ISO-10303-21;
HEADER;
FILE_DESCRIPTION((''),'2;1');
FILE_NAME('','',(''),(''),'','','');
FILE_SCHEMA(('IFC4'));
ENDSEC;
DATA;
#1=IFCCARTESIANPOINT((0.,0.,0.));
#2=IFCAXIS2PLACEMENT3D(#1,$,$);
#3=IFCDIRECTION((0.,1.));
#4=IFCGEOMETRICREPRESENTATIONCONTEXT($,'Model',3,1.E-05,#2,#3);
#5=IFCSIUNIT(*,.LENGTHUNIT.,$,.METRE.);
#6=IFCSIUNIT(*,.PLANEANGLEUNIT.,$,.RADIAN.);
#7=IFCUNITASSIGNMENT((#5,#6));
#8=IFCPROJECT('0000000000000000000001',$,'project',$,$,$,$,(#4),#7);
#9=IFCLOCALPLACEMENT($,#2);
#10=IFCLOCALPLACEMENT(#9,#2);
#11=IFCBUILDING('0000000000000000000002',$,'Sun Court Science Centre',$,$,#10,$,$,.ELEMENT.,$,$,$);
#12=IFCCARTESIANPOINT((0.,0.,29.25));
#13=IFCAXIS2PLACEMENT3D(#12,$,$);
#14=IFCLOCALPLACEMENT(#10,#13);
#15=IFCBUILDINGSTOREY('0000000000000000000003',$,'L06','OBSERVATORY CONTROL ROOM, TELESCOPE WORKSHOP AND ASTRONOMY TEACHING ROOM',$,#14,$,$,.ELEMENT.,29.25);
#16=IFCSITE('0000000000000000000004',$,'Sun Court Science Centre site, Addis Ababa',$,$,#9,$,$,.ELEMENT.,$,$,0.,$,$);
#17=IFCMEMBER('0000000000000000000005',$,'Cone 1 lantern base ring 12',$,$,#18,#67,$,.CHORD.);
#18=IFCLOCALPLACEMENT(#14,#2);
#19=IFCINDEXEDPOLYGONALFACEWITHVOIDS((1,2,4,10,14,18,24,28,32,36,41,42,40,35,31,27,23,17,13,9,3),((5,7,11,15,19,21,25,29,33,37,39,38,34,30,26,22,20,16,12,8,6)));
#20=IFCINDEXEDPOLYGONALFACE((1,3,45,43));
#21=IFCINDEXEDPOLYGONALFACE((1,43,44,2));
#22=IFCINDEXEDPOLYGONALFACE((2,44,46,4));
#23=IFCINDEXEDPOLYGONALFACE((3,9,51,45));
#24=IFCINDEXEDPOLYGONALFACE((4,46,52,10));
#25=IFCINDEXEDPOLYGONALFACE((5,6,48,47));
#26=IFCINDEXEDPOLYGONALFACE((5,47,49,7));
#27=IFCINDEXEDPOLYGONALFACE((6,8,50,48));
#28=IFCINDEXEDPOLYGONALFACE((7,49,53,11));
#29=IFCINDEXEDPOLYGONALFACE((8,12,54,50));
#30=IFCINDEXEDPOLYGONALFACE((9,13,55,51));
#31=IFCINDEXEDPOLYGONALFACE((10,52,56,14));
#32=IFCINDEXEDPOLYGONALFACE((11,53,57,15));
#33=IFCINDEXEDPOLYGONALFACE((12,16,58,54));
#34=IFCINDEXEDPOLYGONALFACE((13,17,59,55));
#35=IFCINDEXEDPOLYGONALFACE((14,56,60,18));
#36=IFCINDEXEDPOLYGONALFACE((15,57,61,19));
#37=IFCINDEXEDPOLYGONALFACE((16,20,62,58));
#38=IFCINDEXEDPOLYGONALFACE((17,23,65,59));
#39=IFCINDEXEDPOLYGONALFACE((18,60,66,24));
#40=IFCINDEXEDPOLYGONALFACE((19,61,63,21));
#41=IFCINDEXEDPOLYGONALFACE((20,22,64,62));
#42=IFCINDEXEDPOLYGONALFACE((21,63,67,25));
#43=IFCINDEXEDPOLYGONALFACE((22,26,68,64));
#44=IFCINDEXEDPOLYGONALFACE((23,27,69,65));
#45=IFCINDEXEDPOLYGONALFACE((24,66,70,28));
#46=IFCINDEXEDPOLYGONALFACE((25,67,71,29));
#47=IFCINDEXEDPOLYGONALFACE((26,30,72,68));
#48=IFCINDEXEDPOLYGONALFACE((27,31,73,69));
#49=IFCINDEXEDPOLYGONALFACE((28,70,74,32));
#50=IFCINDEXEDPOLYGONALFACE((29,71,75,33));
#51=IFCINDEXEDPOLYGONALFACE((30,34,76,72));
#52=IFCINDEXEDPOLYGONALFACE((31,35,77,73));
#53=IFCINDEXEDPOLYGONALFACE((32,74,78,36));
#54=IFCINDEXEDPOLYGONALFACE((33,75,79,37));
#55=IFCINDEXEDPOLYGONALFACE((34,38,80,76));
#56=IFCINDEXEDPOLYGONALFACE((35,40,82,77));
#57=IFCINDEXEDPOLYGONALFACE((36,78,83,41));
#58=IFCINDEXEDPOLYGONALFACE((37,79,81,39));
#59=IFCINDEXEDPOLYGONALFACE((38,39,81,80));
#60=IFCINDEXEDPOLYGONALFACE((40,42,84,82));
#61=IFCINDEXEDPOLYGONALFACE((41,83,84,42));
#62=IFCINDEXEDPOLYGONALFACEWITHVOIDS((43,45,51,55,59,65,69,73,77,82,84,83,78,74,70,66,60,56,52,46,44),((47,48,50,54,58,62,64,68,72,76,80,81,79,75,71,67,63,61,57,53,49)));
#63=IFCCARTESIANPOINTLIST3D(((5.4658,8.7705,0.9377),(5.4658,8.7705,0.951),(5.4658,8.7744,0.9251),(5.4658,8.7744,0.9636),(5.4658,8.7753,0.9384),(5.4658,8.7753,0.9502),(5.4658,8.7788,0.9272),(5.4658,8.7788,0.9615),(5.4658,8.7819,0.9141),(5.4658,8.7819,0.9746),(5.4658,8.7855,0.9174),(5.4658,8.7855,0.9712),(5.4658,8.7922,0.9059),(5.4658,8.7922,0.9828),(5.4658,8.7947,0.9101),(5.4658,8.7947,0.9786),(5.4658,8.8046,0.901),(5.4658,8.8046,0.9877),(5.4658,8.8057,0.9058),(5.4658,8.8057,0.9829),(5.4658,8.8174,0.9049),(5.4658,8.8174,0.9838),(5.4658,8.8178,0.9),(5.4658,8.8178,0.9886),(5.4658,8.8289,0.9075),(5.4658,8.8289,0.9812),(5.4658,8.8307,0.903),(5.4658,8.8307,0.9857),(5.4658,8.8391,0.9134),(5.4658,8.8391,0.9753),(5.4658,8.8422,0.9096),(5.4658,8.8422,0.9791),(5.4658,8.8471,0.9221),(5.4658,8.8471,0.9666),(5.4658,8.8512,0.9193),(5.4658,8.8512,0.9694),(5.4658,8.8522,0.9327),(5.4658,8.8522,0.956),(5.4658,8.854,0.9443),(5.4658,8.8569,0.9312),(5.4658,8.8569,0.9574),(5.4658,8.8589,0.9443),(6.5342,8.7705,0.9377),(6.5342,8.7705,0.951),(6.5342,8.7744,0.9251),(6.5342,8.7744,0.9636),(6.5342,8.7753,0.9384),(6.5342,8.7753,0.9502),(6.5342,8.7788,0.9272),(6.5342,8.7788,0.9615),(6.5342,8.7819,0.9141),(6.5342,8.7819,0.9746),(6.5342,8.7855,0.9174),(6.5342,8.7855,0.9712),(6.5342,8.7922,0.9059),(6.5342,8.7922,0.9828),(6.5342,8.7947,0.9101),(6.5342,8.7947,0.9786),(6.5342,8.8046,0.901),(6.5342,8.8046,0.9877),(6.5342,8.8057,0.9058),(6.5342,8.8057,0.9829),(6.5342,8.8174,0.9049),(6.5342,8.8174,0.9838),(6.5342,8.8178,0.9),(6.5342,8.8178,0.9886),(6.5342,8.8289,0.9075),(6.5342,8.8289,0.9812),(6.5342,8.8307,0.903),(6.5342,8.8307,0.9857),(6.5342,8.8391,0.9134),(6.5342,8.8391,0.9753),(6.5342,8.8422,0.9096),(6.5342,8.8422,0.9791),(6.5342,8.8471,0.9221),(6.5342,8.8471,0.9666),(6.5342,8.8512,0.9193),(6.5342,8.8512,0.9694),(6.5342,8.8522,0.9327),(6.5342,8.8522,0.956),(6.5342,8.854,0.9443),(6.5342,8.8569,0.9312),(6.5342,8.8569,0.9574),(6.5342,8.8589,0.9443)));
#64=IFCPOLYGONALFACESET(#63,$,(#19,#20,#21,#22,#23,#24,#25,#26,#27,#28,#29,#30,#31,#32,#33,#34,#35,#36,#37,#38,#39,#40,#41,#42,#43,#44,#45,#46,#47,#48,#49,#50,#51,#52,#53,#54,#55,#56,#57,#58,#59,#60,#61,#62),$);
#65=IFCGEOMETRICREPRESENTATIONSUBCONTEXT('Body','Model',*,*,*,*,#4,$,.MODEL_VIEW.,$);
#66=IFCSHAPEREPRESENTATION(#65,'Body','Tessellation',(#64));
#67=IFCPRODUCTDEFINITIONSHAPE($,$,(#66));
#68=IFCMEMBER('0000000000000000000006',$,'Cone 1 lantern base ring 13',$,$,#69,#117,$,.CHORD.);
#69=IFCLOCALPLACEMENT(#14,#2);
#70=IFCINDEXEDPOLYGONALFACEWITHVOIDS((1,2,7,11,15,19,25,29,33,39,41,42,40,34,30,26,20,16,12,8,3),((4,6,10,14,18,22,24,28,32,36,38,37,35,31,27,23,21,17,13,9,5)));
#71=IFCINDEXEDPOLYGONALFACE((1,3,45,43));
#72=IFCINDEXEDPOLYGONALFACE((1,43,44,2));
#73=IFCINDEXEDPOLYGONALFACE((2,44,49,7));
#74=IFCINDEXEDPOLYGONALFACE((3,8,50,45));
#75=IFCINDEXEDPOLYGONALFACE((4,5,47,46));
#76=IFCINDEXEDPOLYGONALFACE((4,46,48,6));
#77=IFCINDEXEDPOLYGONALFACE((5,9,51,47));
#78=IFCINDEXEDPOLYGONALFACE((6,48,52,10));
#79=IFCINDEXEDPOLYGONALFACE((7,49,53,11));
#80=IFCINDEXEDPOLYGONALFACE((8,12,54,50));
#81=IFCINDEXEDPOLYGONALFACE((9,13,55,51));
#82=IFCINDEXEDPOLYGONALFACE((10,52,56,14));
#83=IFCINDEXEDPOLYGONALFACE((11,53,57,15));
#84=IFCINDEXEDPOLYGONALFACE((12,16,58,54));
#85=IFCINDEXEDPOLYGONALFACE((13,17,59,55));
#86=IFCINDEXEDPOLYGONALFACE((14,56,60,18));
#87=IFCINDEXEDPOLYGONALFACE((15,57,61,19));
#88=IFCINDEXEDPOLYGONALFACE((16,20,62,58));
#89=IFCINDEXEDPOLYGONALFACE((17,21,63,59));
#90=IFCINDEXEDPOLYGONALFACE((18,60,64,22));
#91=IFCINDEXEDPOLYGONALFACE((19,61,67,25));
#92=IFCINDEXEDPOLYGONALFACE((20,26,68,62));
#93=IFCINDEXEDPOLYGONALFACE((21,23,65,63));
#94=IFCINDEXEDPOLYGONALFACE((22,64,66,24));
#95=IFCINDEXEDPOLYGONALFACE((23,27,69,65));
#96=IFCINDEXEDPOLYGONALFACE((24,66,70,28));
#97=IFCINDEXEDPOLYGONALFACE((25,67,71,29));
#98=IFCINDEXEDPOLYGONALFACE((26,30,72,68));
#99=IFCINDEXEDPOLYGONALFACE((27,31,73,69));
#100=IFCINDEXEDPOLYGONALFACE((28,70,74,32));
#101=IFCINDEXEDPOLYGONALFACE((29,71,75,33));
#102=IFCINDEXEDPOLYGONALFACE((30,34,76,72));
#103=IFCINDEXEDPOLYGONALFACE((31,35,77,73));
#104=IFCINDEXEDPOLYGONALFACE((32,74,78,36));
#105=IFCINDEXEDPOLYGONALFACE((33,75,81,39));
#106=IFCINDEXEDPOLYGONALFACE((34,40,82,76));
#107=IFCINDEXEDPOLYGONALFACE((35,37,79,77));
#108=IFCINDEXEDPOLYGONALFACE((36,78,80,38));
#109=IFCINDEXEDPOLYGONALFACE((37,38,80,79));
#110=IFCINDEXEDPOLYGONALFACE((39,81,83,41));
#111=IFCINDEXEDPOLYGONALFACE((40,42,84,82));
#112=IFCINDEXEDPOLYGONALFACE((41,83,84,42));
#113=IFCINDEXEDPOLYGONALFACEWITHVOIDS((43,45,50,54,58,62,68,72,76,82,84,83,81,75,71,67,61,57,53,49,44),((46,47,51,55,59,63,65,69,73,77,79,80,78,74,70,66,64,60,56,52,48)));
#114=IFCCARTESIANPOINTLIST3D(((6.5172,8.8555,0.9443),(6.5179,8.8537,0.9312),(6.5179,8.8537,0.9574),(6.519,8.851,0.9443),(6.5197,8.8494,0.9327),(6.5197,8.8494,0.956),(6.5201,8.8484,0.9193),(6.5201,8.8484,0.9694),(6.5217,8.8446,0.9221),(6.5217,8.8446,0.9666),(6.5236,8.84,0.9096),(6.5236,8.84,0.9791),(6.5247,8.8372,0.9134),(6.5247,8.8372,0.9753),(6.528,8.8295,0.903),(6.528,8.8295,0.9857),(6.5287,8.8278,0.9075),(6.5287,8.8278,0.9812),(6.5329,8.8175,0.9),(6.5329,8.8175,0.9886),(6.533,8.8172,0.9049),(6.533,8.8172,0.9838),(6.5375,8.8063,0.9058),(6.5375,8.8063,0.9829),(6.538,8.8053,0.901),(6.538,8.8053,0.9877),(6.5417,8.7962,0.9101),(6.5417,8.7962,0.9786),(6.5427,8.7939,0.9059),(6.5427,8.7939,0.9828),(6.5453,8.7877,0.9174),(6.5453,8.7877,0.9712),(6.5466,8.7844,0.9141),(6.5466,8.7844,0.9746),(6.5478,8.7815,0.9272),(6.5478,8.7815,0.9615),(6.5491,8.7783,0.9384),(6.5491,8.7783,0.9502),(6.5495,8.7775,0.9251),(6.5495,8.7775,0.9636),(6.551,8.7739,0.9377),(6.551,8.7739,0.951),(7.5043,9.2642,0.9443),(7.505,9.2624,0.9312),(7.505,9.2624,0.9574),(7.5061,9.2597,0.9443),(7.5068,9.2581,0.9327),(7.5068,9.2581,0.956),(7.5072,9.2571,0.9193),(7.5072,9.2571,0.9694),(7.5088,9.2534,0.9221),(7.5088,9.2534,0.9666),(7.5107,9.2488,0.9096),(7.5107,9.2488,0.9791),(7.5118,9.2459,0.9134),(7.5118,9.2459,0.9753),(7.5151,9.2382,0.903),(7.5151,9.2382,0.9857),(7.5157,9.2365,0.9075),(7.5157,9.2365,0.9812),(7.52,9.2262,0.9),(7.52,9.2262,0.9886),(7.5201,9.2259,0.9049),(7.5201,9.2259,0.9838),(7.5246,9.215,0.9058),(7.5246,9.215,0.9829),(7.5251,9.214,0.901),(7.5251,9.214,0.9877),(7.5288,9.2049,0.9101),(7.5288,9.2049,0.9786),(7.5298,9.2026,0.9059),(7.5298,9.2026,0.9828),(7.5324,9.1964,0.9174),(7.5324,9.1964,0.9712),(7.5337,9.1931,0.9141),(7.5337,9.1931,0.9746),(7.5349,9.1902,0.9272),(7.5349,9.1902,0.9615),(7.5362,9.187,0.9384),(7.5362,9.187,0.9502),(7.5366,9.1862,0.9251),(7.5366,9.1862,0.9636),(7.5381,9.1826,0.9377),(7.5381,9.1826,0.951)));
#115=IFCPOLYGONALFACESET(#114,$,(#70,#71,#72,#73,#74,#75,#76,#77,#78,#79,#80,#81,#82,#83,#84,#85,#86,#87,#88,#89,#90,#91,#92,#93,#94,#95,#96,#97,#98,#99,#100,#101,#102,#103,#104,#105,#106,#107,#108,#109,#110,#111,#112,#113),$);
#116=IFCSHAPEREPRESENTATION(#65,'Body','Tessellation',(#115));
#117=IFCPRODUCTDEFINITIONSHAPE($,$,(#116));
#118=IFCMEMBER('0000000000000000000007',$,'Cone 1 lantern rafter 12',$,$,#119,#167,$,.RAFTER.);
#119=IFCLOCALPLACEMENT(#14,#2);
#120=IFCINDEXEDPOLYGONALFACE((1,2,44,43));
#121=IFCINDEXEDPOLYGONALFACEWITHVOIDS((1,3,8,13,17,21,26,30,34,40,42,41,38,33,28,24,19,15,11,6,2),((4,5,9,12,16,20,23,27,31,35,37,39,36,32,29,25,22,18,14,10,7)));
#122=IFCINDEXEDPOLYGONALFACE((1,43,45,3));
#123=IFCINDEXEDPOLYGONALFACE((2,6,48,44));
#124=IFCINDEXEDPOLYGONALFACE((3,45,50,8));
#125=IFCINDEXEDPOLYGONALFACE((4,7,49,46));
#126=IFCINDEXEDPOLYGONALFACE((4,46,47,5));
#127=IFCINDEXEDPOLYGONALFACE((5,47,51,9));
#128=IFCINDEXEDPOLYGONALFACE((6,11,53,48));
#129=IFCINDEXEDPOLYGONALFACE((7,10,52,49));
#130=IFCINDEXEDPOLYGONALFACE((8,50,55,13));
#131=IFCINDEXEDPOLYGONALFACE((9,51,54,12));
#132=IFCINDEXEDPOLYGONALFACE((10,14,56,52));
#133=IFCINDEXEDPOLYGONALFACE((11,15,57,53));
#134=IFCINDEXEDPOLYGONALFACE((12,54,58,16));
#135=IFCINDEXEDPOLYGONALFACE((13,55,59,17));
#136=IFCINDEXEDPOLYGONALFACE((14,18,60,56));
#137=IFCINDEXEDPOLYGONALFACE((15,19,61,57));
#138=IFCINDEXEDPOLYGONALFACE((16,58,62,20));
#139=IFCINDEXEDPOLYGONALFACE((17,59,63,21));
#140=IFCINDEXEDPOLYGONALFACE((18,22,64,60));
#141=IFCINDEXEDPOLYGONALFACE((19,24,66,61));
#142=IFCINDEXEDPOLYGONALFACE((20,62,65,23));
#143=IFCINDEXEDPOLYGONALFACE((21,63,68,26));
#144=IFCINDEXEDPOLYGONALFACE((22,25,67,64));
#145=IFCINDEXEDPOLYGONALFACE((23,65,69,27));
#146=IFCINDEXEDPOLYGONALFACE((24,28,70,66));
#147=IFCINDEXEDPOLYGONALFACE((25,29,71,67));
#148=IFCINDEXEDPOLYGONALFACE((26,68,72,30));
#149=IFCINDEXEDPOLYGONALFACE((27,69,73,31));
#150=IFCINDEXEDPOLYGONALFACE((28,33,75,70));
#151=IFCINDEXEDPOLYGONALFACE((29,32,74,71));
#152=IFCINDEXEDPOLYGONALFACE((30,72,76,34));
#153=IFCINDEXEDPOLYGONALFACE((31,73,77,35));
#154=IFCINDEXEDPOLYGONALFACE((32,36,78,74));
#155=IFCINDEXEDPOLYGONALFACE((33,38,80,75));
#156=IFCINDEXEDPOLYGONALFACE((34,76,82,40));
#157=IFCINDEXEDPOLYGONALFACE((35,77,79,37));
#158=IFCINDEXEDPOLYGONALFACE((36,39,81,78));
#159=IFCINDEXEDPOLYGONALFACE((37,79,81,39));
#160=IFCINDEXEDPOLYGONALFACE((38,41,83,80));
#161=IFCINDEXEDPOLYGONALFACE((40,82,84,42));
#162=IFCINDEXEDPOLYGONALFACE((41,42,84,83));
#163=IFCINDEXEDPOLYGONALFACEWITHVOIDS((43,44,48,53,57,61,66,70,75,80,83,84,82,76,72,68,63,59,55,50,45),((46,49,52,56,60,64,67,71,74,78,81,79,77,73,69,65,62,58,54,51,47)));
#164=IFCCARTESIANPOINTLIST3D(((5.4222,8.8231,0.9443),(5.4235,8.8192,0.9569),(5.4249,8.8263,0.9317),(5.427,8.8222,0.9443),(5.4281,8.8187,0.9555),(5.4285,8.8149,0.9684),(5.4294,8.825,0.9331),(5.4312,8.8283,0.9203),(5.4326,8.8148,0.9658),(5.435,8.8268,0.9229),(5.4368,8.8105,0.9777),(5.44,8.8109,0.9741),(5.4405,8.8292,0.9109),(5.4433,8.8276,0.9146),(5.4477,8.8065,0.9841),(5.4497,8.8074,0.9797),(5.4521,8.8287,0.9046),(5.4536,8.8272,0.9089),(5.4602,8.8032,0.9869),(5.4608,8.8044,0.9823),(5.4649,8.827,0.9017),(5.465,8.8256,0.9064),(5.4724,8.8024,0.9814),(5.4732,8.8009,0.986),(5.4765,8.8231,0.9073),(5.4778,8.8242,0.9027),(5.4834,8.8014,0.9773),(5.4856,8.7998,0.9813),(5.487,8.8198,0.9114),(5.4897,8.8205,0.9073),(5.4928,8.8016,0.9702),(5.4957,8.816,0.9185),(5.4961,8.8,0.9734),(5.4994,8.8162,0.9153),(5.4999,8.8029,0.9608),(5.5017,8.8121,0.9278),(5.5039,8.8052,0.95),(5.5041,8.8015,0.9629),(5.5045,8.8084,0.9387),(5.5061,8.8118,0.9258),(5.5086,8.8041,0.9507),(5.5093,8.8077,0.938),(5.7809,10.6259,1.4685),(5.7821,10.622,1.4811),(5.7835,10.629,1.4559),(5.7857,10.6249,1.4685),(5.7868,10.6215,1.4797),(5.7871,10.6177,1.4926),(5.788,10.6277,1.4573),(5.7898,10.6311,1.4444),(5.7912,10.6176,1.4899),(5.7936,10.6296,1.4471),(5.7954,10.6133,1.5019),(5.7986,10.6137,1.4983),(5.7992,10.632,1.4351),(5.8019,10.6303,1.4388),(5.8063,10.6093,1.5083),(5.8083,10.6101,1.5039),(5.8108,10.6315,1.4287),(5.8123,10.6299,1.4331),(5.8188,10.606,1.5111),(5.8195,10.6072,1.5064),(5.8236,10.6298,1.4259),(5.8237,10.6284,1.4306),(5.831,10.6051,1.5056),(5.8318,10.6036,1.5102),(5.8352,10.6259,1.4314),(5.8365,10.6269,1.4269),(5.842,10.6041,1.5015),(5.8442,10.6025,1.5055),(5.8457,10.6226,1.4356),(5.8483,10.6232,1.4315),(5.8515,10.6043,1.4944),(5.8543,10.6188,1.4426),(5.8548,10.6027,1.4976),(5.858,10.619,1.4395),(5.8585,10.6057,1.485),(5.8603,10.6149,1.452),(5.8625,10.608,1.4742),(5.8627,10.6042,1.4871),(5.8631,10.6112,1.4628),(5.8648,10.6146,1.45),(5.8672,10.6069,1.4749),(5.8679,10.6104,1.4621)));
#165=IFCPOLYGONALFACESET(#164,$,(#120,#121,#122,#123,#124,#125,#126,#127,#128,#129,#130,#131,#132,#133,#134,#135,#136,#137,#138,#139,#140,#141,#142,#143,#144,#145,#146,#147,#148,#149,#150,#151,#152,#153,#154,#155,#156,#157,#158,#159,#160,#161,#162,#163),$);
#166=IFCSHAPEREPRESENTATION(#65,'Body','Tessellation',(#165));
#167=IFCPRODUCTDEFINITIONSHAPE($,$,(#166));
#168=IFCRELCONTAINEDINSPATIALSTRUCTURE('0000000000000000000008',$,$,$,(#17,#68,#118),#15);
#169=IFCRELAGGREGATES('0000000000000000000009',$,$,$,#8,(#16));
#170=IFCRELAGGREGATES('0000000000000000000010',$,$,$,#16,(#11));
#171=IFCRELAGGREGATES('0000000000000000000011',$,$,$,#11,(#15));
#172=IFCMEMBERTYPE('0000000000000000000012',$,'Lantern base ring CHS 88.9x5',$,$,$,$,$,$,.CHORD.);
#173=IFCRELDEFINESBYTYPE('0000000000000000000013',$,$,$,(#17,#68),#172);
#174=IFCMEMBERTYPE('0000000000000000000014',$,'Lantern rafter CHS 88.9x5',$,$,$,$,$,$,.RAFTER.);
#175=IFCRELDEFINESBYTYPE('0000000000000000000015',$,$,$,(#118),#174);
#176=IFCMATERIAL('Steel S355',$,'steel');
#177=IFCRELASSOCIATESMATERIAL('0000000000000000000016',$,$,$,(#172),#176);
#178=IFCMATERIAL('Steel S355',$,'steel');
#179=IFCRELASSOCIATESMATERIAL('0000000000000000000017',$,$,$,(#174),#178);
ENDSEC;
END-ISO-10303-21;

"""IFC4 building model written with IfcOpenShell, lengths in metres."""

from ifc_helpers import new_model, si_unit, direction, frame, origin, origin_2d, place, context, subcontext, project, spatial, hollow_circle, extrude, material, material_profile, profile_set, type_object, element, save


model = new_model("IFC4")

# Units and contexts
model_context = context("Model", 3, precision=1e-05, world=origin(), true_north=direction((0.0, 1.0)))
body_context = subcontext(model_context, "Body", "Model", "MODEL_VIEW")
ifc_project = project(units=[si_unit("LENGTHUNIT", "METRE"), si_unit("PLANEANGLEUNIT", "RADIAN")], contexts=[model_context])

# Site, building, storey
site_placement = place(None, origin())
site = spatial("IfcSite", under=ifc_project, at=site_placement, Name="Sun Court Science Centre site, Addis Ababa", CompositionType="ELEMENT", RefElevation=0.0)
building_placement = place(site_placement, origin())
building = spatial("IfcBuilding", under=site, at=building_placement, Name="Sun Court Science Centre", CompositionType="ELEMENT")
storey_placement = place(building_placement, frame((0.0, 0.0, 29.25)))
storey = spatial("IfcBuildingStorey", under=building, at=storey_placement, Name="L06", Description="OBSERVATORY CONTROL ROOM, TELESCOPE WORKSHOP AND ASTRONOMY TEACHING ROOM", CompositionType="ELEMENT", Elevation=29.25)

# Members
ifc_material_1 = material(Name="Steel S355", Category="steel")
ifc_material_profile_1 = material_profile(ifc_material_1, hollow_circle(Radius=0.0444, WallThickness=0.0049, at=origin_2d()), Name="CHS 88.9x5")
ifc_profile_set_1 = profile_set([ifc_material_profile_1], Name="Steel S355")
member_type_1 = type_object("IfcMemberType", Name="Lantern base ring CHS 88.9x5", PredefinedType="CHORD", material=ifc_profile_set_1)
for number, where, z_axis, x_axis, name in (
    (1, (5.4658, 8.8145, 0.9443), (1.0, 0.0, 0.0), (0.0, 1.0, 0.0), "Cone 1 lantern base ring 12"),
    (2, (6.5342, 8.8145, 0.9443), (0.923933, 0.382554, 0.0), (-0.382554, 0.923933, 0.0), "Cone 1 lantern base ring 13"),
):
    element("IfcMember", number, at=place(storey_placement, frame(where, z_axis=z_axis, x_axis=x_axis)), inside=storey, type_object=member_type_1, Name=name, PredefinedType="CHORD", context=body_context, shape_type="SweptSolid", body=[
        extrude(hollow_circle(Radius=0.0444, WallThickness=0.0049, at=origin_2d()), origin(), (0.0, 0.0, 1.0), 1.0684),
    ])
ifc_material_2 = material(Name="Steel S355", Category="steel")
ifc_material_profile_2 = material_profile(ifc_material_2, hollow_circle(Radius=0.0444, WallThickness=0.0049, at=origin_2d()), Name="CHS 88.9x5")
ifc_profile_set_2 = profile_set([ifc_material_profile_2], Name="Steel S355")
member_type_2 = type_object("IfcMemberType", Name="Lantern rafter CHS 88.9x5", PredefinedType="RAFTER", material=ifc_profile_set_2)
for number, where, z_axis, x_axis, name in (
    (3, (5.4658, 8.8145, 0.9443), (0.187639, 0.943177, 0.274242), (-0.980779, 0.19512, 0.0), "Cone 1 lantern rafter 12"),
):
    element("IfcMember", number, at=place(storey_placement, frame(where, z_axis=z_axis, x_axis=x_axis)), inside=storey, type_object=member_type_2, Name=name, PredefinedType="RAFTER", context=body_context, shape_type="SweptSolid", body=[
        extrude(hollow_circle(Radius=0.0444, WallThickness=0.0049, at=origin_2d()), origin(), (0.0, 0.0, 1.0), 1.9114),
    ])

save(model, "model.ifc")
